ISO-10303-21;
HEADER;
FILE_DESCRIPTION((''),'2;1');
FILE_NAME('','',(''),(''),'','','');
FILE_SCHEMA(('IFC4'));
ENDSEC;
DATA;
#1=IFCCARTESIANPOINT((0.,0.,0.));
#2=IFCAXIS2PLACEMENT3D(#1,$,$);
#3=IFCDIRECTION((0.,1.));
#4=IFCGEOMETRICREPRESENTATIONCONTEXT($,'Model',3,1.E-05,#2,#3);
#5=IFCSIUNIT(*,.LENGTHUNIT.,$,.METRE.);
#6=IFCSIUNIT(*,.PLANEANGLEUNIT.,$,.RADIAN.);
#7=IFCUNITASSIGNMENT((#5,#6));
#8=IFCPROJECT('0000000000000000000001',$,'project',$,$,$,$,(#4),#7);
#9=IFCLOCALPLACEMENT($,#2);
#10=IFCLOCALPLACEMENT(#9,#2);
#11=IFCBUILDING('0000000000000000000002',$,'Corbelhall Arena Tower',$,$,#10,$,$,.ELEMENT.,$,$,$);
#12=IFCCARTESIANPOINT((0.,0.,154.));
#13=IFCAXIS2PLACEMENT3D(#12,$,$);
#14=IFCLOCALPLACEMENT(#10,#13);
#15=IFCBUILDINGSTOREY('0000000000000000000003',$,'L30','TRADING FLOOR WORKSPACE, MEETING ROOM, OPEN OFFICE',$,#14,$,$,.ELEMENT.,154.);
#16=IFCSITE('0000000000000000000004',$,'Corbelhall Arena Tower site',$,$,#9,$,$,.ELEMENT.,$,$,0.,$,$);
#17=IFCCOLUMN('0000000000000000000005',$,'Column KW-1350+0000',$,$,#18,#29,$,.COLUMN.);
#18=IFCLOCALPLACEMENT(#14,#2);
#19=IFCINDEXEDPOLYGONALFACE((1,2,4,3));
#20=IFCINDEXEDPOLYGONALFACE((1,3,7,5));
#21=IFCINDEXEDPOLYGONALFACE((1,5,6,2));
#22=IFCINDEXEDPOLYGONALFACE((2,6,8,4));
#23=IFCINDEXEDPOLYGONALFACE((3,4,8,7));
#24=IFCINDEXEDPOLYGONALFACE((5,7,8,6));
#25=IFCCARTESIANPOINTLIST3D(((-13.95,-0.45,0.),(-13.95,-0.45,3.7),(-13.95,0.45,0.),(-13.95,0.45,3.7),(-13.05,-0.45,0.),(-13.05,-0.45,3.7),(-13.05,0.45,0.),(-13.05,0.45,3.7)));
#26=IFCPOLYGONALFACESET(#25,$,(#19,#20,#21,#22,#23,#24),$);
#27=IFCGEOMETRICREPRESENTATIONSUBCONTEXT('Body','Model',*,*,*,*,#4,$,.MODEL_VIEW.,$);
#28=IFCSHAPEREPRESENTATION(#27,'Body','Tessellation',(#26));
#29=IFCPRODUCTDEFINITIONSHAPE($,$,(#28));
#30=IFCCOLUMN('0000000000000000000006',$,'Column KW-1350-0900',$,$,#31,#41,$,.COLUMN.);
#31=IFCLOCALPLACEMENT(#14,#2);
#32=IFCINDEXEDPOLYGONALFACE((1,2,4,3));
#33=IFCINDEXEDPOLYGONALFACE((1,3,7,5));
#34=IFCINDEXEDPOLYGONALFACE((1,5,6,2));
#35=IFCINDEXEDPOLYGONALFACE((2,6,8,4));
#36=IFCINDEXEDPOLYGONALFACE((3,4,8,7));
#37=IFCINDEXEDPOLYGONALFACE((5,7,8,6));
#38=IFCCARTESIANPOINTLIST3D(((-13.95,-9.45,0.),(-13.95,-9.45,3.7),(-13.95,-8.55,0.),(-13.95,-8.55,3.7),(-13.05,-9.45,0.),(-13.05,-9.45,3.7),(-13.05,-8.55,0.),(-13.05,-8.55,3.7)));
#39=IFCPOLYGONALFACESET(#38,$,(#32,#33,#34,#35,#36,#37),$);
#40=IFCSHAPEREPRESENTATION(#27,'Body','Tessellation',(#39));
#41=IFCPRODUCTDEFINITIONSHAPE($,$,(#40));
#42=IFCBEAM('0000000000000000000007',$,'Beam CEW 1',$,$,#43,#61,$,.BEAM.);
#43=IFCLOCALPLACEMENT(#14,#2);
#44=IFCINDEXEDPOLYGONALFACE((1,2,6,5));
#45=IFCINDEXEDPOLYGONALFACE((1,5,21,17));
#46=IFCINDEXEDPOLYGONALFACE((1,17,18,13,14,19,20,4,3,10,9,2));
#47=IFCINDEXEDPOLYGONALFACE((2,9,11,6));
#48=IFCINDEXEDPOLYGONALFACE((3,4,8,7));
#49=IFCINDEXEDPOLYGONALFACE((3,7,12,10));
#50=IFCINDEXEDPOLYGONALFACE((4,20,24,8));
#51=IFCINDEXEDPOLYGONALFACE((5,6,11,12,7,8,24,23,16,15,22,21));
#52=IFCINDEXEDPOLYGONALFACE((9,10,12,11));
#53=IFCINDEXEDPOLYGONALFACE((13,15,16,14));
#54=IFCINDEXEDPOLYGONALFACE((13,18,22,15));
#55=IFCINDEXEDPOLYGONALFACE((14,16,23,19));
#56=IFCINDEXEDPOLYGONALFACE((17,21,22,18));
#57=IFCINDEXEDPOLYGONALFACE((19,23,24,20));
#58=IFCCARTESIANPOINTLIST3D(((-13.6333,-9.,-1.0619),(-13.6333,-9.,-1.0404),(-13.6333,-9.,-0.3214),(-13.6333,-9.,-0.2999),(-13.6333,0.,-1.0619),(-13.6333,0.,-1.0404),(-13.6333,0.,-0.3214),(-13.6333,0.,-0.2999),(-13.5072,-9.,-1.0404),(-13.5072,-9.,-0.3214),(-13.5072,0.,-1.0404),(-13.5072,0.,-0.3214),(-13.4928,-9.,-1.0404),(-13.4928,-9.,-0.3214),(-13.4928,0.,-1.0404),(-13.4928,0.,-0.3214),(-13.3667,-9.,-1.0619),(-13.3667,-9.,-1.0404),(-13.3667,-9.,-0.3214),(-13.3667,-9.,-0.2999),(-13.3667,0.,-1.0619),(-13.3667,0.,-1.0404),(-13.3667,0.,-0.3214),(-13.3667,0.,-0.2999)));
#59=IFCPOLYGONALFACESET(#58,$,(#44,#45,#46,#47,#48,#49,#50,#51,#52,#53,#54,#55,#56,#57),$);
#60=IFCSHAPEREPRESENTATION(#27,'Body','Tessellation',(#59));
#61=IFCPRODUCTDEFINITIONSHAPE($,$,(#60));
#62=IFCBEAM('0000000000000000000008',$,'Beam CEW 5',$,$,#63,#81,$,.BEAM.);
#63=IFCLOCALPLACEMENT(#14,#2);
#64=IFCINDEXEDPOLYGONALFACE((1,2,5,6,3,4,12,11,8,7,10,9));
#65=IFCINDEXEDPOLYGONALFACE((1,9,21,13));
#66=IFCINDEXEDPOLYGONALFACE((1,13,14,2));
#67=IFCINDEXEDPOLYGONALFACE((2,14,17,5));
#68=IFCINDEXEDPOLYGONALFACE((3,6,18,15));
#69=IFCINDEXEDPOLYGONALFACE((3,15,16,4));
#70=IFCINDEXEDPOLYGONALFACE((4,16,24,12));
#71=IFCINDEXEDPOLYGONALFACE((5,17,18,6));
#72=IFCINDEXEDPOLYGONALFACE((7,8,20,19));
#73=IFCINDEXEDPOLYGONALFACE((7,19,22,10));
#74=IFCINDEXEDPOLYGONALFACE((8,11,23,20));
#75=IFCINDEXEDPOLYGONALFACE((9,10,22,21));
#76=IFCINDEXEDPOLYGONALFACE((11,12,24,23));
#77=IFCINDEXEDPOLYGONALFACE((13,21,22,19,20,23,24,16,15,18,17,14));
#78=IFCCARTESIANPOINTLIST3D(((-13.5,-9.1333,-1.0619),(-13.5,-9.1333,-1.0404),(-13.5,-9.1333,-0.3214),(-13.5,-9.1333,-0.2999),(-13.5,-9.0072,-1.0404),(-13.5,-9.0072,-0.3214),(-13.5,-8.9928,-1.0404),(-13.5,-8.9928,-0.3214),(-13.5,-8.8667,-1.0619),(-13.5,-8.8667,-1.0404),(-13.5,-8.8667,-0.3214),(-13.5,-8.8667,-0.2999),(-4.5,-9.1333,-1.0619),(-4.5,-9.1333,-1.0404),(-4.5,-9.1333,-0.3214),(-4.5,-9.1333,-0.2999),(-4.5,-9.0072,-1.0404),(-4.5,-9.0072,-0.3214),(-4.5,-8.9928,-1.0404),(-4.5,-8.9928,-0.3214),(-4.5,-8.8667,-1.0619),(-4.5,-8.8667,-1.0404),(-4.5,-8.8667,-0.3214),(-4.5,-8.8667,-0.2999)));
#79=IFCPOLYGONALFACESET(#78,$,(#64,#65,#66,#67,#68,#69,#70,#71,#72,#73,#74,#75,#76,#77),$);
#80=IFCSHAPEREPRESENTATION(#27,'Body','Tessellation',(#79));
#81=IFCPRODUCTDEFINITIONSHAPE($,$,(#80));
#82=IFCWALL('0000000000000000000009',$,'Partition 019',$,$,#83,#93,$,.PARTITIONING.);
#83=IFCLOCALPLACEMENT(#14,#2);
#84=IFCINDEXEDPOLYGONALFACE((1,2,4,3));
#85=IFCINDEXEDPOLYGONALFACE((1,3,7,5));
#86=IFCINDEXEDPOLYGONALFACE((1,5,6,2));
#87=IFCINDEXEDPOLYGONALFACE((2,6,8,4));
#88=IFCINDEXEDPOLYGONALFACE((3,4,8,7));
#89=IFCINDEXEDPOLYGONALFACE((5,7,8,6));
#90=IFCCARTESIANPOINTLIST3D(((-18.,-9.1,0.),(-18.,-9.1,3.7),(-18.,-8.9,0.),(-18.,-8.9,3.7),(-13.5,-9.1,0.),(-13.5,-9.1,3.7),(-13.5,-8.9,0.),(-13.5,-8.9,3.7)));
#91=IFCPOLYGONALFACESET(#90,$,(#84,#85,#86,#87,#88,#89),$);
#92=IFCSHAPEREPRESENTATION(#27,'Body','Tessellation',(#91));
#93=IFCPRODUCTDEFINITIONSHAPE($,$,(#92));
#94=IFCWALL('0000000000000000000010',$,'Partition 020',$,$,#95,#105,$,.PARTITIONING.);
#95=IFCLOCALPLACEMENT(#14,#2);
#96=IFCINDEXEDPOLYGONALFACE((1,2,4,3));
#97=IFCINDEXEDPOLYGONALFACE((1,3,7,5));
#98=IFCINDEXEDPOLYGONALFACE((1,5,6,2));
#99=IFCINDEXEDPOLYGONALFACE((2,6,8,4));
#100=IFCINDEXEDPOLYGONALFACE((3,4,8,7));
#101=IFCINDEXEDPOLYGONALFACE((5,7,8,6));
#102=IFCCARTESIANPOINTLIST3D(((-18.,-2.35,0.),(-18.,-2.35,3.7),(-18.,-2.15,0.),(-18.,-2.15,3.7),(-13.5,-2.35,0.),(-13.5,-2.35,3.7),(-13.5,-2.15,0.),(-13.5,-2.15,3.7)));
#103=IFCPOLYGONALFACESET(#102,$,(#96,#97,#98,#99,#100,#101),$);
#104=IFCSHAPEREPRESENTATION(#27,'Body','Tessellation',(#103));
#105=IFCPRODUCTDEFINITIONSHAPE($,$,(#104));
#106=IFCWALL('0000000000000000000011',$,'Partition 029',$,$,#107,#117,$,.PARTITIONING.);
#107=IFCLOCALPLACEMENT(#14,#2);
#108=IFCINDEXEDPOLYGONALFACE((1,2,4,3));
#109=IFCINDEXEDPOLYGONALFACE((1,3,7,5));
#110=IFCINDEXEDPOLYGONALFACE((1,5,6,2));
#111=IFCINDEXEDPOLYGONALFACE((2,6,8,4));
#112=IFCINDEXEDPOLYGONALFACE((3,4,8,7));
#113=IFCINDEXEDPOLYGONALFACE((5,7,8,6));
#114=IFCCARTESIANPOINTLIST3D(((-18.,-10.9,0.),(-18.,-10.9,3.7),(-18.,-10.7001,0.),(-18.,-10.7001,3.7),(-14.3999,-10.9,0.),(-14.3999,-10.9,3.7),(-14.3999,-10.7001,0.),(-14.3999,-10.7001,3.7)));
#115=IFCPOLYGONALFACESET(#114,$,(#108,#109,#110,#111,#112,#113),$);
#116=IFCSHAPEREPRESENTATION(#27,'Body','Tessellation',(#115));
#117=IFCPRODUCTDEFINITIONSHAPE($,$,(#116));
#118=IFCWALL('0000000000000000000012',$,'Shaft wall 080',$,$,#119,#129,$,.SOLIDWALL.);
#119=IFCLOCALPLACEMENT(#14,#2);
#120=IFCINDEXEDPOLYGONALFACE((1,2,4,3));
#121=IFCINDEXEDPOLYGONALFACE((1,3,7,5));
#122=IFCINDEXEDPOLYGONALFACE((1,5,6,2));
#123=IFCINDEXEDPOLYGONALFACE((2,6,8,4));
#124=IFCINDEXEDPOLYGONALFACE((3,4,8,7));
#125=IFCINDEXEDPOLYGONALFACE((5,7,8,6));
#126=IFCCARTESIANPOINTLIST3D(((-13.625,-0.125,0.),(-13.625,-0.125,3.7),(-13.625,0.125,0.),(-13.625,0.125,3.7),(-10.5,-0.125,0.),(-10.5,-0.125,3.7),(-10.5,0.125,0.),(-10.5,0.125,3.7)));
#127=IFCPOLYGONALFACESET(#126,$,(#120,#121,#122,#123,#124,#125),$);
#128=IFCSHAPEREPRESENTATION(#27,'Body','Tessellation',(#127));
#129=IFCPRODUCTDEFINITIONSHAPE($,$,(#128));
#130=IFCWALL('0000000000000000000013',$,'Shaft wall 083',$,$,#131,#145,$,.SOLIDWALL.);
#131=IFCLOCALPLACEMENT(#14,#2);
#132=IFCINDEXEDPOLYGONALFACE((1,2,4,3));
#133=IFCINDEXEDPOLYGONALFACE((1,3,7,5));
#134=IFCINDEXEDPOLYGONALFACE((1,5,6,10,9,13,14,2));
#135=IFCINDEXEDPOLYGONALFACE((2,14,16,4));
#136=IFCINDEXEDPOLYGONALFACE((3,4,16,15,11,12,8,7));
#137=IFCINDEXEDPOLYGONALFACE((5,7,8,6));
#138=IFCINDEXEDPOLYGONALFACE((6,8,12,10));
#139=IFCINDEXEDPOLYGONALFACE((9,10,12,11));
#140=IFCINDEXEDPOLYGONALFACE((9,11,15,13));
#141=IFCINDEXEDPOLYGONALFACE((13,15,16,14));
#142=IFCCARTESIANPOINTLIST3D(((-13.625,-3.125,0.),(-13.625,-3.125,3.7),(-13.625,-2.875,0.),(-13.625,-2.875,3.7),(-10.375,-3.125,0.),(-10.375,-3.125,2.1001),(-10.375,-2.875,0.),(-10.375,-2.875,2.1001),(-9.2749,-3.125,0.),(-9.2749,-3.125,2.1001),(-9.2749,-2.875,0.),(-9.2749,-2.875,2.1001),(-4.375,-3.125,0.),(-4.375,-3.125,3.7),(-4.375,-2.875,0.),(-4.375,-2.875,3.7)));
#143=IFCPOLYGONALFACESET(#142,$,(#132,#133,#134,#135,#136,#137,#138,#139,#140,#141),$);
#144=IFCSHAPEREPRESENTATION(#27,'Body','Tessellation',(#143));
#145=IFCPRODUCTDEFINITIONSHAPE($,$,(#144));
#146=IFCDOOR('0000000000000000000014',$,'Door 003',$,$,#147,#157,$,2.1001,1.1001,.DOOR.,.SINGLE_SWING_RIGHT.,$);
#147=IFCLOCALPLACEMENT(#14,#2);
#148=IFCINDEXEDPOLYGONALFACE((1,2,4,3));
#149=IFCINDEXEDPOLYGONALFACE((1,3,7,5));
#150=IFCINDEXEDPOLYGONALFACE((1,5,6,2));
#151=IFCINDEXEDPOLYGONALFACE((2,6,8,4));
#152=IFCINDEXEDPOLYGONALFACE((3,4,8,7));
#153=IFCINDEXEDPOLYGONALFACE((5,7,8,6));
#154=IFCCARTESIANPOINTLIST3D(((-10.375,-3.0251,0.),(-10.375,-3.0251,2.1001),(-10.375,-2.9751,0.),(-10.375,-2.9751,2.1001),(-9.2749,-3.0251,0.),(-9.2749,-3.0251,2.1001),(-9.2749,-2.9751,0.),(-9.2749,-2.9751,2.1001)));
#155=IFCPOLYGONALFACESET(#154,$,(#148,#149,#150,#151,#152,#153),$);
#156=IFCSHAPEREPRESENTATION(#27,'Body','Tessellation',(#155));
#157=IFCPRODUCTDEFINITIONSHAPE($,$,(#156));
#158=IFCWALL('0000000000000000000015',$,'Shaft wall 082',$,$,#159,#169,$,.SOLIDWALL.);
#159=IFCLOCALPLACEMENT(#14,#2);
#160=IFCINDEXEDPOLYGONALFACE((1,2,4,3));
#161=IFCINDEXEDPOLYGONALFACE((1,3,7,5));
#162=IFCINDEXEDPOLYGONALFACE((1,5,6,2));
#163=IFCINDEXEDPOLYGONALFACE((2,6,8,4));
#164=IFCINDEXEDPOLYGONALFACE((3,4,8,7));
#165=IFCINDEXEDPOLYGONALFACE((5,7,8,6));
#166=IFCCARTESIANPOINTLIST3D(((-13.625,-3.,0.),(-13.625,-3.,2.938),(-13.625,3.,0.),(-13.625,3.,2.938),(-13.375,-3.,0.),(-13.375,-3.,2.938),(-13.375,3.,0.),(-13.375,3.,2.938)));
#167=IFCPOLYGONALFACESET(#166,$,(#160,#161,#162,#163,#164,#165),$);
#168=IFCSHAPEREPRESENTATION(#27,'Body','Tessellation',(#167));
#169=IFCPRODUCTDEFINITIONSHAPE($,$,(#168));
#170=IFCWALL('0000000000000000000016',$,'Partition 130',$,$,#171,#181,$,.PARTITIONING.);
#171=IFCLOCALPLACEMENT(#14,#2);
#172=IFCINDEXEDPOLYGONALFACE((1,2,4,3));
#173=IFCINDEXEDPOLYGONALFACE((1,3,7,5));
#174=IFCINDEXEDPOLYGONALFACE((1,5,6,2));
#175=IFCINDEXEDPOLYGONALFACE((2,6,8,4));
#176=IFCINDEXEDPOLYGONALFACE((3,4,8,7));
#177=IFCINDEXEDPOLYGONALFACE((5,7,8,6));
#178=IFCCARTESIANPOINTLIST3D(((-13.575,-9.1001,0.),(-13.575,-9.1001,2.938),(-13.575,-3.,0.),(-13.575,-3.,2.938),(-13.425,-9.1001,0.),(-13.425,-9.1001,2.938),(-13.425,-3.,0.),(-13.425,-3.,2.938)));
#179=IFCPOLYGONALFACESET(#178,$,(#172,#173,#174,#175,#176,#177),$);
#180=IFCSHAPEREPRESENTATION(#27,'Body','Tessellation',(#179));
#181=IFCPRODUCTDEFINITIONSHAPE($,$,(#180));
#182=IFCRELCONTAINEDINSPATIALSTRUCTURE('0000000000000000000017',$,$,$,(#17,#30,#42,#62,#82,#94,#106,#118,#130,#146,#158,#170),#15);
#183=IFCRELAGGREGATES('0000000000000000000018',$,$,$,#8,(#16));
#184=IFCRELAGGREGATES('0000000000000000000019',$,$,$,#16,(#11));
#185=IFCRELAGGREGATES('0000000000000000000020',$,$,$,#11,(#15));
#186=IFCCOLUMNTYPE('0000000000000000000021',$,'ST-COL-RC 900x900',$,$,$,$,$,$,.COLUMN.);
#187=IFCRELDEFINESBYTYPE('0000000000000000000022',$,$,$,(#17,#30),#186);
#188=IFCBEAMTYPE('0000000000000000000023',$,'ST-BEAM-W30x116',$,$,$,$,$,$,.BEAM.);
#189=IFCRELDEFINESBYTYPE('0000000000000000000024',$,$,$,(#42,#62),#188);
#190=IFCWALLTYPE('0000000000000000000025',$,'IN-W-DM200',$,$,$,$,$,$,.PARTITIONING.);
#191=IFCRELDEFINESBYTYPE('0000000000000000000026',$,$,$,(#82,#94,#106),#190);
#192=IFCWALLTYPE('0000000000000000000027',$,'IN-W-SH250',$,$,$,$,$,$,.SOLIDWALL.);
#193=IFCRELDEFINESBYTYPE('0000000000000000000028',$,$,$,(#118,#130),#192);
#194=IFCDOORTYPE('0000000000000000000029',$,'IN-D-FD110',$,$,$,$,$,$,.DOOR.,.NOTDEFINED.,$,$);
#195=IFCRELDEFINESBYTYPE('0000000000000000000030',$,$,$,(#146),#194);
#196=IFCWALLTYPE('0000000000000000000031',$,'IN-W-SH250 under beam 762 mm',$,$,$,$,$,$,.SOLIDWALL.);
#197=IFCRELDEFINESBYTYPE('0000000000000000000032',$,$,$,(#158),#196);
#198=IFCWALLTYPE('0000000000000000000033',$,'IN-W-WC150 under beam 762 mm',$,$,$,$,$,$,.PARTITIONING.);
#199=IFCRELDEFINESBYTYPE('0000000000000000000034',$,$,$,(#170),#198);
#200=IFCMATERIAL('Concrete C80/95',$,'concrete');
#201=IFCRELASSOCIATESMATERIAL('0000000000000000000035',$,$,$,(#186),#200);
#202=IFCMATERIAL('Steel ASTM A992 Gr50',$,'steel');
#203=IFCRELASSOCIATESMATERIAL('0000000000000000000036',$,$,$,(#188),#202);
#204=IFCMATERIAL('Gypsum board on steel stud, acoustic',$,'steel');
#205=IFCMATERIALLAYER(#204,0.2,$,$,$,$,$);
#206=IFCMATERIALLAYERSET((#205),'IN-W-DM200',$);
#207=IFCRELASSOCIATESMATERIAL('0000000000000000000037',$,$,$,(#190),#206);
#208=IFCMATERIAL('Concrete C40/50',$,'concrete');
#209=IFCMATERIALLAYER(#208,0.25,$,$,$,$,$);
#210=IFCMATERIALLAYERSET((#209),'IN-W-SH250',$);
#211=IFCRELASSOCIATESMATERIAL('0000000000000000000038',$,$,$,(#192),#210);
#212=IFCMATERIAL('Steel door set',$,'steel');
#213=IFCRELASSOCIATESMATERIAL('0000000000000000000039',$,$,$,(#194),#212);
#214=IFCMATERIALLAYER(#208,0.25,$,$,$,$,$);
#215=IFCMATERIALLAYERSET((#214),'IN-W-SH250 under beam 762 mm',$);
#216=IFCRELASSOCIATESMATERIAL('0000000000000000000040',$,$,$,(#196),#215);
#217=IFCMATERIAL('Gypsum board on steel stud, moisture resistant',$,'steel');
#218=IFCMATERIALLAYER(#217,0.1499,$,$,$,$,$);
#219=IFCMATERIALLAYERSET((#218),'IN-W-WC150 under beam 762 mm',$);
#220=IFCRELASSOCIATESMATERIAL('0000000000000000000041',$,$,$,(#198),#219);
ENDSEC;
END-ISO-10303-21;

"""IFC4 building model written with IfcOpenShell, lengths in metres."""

from ifc_helpers import new_model, si_unit, direction, frame, frame_2d, origin, origin_2d, place, context, subcontext, project, spatial, rectangle, i_section, extrude, material, layer, layer_set, material_profile, profile_set, type_object, element, fill, save


model = new_model("IFC4")

# Units and contexts
model_context = context("Model", 3, precision=1e-05, world=origin(), true_north=direction((0.0, 1.0)))
body_context = subcontext(model_context, "Body", "Model", "MODEL_VIEW")
ifc_project = project(units=[si_unit("LENGTHUNIT", "METRE"), si_unit("PLANEANGLEUNIT", "RADIAN")], contexts=[model_context])

# Site, building, storey
site_placement = place(None, origin())
site = spatial("IfcSite", under=ifc_project, at=site_placement, Name="Corbelhall Arena Tower site", CompositionType="ELEMENT", RefElevation=0.0)
building_placement = place(site_placement, origin())
building = spatial("IfcBuilding", under=site, at=building_placement, Name="Corbelhall Arena Tower", CompositionType="ELEMENT")
storey_placement = place(building_placement, frame((0.0, 0.0, 154.0)))
storey = spatial("IfcBuildingStorey", under=building, at=storey_placement, Name="L30", Description="TRADING FLOOR WORKSPACE, MEETING ROOM, OPEN OFFICE", CompositionType="ELEMENT", Elevation=154.0)

# Columns
ifc_material_1 = material(Name="Concrete C80/95", Category="concrete")
ifc_material_profile_1 = material_profile(ifc_material_1, rectangle(XDim=0.8999, YDim=0.8999, at=origin_2d()))
ifc_profile_set_1 = profile_set([ifc_material_profile_1], Name="Concrete C80/95")
column_type = type_object("IfcColumnType", Name="ST-COL-RC 900x900", PredefinedType="COLUMN", material=ifc_profile_set_1)
for number, where, z_axis, x_axis, name in (
    (1, (-13.5, 0.0, 0.0), (0.0, 0.0, 1.0), (1.0, 0.0, 0.0), "Column KW-1350+0000"),
    (2, (-13.5, -9.0, 0.0), (0.0, 0.0, 1.0), (1.0, 0.0, 0.0), "Column KW-1350-0900"),
):
    element("IfcColumn", number, at=place(storey_placement, frame(where, z_axis=z_axis, x_axis=x_axis)), inside=storey, type_object=column_type, Name=name, PredefinedType="COLUMN", context=body_context, shape_type="SweptSolid", body=[
        extrude(rectangle(XDim=0.8999, YDim=0.8999, at=origin_2d()), origin(), (0.0, 0.0, 1.0), 3.7),
    ])

# Beams
ifc_material_2 = material(Name="Steel ASTM A992 Gr50", Category="steel")
ifc_material_profile_2 = material_profile(ifc_material_2, i_section(OverallWidth=0.2666, OverallDepth=0.762, WebThickness=0.0144, FlangeThickness=0.0215, at=origin_2d()))
ifc_profile_set_2 = profile_set([ifc_material_profile_2], Name="Steel ASTM A992 Gr50")
beam_type = type_object("IfcBeamType", Name="ST-BEAM-W30x116", PredefinedType="BEAM", material=ifc_profile_set_2)
for number, where, z_axis, x_axis, name in (
    (3, (-13.5, -9.0, -0.6809), (0.0, 1.0, 0.0), (-1.0, 0.0, 0.0), "Beam CEW 1"),
    (4, (-13.5, -9.0, -0.6809), (1.0, 0.0, 0.0), (0.0, 1.0, 0.0), "Beam CEW 5"),
):
    element("IfcBeam", number, at=place(storey_placement, frame(where, z_axis=z_axis, x_axis=x_axis)), inside=storey, type_object=beam_type, Name=name, PredefinedType="BEAM", context=body_context, shape_type="SweptSolid", body=[
        extrude(i_section(OverallWidth=0.2666, OverallDepth=0.762, WebThickness=0.0144, FlangeThickness=0.0215, at=origin_2d()), origin(), (0.0, 0.0, 1.0), 9.0),
    ])

# Shared definitions
ifc_material_3 = material(Name="Gypsum board on steel stud, acoustic", Category="steel")
ifc_layer_1 = layer(ifc_material_3, 0.2)
ifc_layer_set_1 = layer_set([ifc_layer_1], Name="IN-W-DM200")
wall_type_1 = type_object("IfcWallType", Name="IN-W-DM200", PredefinedType="PARTITIONING", material=ifc_layer_set_1)
ifc_material_4 = material(Name="Steel door set", Category="steel")

# Walls
for number, where, z_axis, x_axis, name in (
    (5, (-18.0, -9.0, 0.0), (0.0, 0.0, 1.0), (1.0, 0.0, 0.0), "Partition 019"),
    (6, (-18.0, -2.25, 0.0), (0.0, 0.0, 1.0), (1.0, 0.0, 0.0), "Partition 020"),
):
    element("IfcWall", number, at=place(storey_placement, frame(where, z_axis=z_axis, x_axis=x_axis)), inside=storey, type_object=wall_type_1, Name=name, PredefinedType="PARTITIONING", context=body_context, shape_type="SweptSolid", body=[
        extrude(rectangle(XDim=4.5, YDim=0.2, at=frame_2d((2.25, 0.0))), origin(), (0.0, 0.0, 1.0), 3.7),
    ])
wall_1_placement = place(storey_placement, frame((-14.3999, -10.8, 0.0), z_axis=(0.0, 0.0, 1.0), x_axis=(-1.0, 0.0, 0.0)))
element("IfcWall", 7, at=wall_1_placement, inside=storey, type_object=wall_type_1, Name="Partition 029", PredefinedType="PARTITIONING", context=body_context, shape_type="SweptSolid", body=[
    extrude(rectangle(XDim=3.6001, YDim=0.2, at=frame_2d((1.8, 0.0))), origin(), (0.0, 0.0, 1.0), 3.7),
])
ifc_material_5 = material(Name="Concrete C40/50", Category="concrete")
ifc_layer_2 = layer(ifc_material_5, 0.25)
ifc_layer_set_2 = layer_set([ifc_layer_2], Name="IN-W-SH250")
wall_type_2 = type_object("IfcWallType", Name="IN-W-SH250", PredefinedType="SOLIDWALL", material=ifc_layer_set_2)
wall_2_placement = place(storey_placement, frame((-13.625, 0.0, 0.0), z_axis=(0.0, 0.0, 1.0), x_axis=(1.0, 0.0, 0.0)))
element("IfcWall", 8, at=wall_2_placement, inside=storey, type_object=wall_type_2, Name="Shaft wall 080", PredefinedType="SOLIDWALL", context=body_context, shape_type="SweptSolid", body=[
    extrude(rectangle(XDim=3.125, YDim=0.25, at=frame_2d((1.5625, 0.0))), origin(), (0.0, 0.0, 1.0), 3.7),
])

# Wall, opening, door
wall_3_placement = place(storey_placement, frame((-13.625, -3.0, 0.0), z_axis=(0.0, 0.0, 1.0), x_axis=(1.0, 0.0, 0.0)))
wall_3 = element("IfcWall", 9, at=wall_3_placement, inside=storey, type_object=wall_type_2, Name="Shaft wall 083", PredefinedType="SOLIDWALL", context=body_context, shape_type="SweptSolid", body=[
    extrude(rectangle(XDim=9.25, YDim=0.25, at=frame_2d((4.625, 0.0))), origin(), (0.0, 0.0, 1.0), 3.7),
])
opening_1_placement = place(wall_3_placement, frame((3.25, 0.0, 0.0)))
opening_1 = element("IfcOpeningElement", 10, at=opening_1_placement, cuts=wall_3, PredefinedType="OPENING", context=body_context, shape_type="SweptSolid", body=[
    extrude(rectangle(XDim=1.1001, YDim=2.1001, at=frame_2d((0.55, 1.05))), frame((0.0, 0.125, 0.0), z_axis=(0.0, -1.0, 0.0), x_axis=(1.0, 0.0, 0.0)), (0.0, 0.0, 1.0), 0.25),
])
door_type_1 = type_object("IfcDoorType", Name="IN-D-FD110", OperationType="NOTDEFINED", PredefinedType="DOOR", material=ifc_material_4)
door_1_placement = place(opening_1_placement, origin())
door_1 = element("IfcDoor", 11, at=door_1_placement, inside=storey, type_object=door_type_1, Name="Door 003", OperationType="SINGLE_SWING_RIGHT", OverallHeight=2.1001, OverallWidth=1.1001, PredefinedType="DOOR", context=body_context, shape_type="SweptSolid", body=[
    extrude(rectangle(XDim=1.1001, YDim=2.1001, at=frame_2d((0.55, 1.05))), frame((0.0, 0.0249, 0.0), z_axis=(0.0, -1.0, 0.0), x_axis=(1.0, 0.0, 0.0)), (0.0, 0.0, 1.0), 0.05),
])
fill(opening_1, door_1)

# Walls
ifc_layer_3 = layer(ifc_material_5, 0.25)
ifc_layer_set_3 = layer_set([ifc_layer_3], Name="IN-W-SH250 under beam 762 mm")
wall_type_3 = type_object("IfcWallType", Name="IN-W-SH250 under beam 762 mm", PredefinedType="SOLIDWALL", material=ifc_layer_set_3)
wall_4_placement = place(storey_placement, frame((-13.5, -3.0, 0.0), z_axis=(0.0, 0.0, 1.0), x_axis=(0.0, 1.0, 0.0)))
element("IfcWall", 12, at=wall_4_placement, inside=storey, type_object=wall_type_3, Name="Shaft wall 082", PredefinedType="SOLIDWALL", context=body_context, shape_type="SweptSolid", body=[
    extrude(rectangle(XDim=6.0, YDim=0.25, at=frame_2d((3.0, 0.0))), origin(), (0.0, 0.0, 1.0), 2.938),
])
ifc_material_6 = material(Name="Gypsum board on steel stud, moisture resistant", Category="steel")
ifc_layer_4 = layer(ifc_material_6, 0.1499)
ifc_layer_set_4 = layer_set([ifc_layer_4], Name="IN-W-WC150 under beam 762 mm")
wall_type_4 = type_object("IfcWallType", Name="IN-W-WC150 under beam 762 mm", PredefinedType="PARTITIONING", material=ifc_layer_set_4)
wall_5_placement = place(storey_placement, frame((-13.5, -9.1001, 0.0), z_axis=(0.0, 0.0, 1.0), x_axis=(0.0, 1.0, 0.0)))
element("IfcWall", 13, at=wall_5_placement, inside=storey, type_object=wall_type_4, Name="Partition 130", PredefinedType="PARTITIONING", context=body_context, shape_type="SweptSolid", body=[
    extrude(rectangle(XDim=6.1001, YDim=0.1499, at=frame_2d((3.05, 0.0))), origin(), (0.0, 0.0, 1.0), 2.938),
])

save(model, "model.ifc")
